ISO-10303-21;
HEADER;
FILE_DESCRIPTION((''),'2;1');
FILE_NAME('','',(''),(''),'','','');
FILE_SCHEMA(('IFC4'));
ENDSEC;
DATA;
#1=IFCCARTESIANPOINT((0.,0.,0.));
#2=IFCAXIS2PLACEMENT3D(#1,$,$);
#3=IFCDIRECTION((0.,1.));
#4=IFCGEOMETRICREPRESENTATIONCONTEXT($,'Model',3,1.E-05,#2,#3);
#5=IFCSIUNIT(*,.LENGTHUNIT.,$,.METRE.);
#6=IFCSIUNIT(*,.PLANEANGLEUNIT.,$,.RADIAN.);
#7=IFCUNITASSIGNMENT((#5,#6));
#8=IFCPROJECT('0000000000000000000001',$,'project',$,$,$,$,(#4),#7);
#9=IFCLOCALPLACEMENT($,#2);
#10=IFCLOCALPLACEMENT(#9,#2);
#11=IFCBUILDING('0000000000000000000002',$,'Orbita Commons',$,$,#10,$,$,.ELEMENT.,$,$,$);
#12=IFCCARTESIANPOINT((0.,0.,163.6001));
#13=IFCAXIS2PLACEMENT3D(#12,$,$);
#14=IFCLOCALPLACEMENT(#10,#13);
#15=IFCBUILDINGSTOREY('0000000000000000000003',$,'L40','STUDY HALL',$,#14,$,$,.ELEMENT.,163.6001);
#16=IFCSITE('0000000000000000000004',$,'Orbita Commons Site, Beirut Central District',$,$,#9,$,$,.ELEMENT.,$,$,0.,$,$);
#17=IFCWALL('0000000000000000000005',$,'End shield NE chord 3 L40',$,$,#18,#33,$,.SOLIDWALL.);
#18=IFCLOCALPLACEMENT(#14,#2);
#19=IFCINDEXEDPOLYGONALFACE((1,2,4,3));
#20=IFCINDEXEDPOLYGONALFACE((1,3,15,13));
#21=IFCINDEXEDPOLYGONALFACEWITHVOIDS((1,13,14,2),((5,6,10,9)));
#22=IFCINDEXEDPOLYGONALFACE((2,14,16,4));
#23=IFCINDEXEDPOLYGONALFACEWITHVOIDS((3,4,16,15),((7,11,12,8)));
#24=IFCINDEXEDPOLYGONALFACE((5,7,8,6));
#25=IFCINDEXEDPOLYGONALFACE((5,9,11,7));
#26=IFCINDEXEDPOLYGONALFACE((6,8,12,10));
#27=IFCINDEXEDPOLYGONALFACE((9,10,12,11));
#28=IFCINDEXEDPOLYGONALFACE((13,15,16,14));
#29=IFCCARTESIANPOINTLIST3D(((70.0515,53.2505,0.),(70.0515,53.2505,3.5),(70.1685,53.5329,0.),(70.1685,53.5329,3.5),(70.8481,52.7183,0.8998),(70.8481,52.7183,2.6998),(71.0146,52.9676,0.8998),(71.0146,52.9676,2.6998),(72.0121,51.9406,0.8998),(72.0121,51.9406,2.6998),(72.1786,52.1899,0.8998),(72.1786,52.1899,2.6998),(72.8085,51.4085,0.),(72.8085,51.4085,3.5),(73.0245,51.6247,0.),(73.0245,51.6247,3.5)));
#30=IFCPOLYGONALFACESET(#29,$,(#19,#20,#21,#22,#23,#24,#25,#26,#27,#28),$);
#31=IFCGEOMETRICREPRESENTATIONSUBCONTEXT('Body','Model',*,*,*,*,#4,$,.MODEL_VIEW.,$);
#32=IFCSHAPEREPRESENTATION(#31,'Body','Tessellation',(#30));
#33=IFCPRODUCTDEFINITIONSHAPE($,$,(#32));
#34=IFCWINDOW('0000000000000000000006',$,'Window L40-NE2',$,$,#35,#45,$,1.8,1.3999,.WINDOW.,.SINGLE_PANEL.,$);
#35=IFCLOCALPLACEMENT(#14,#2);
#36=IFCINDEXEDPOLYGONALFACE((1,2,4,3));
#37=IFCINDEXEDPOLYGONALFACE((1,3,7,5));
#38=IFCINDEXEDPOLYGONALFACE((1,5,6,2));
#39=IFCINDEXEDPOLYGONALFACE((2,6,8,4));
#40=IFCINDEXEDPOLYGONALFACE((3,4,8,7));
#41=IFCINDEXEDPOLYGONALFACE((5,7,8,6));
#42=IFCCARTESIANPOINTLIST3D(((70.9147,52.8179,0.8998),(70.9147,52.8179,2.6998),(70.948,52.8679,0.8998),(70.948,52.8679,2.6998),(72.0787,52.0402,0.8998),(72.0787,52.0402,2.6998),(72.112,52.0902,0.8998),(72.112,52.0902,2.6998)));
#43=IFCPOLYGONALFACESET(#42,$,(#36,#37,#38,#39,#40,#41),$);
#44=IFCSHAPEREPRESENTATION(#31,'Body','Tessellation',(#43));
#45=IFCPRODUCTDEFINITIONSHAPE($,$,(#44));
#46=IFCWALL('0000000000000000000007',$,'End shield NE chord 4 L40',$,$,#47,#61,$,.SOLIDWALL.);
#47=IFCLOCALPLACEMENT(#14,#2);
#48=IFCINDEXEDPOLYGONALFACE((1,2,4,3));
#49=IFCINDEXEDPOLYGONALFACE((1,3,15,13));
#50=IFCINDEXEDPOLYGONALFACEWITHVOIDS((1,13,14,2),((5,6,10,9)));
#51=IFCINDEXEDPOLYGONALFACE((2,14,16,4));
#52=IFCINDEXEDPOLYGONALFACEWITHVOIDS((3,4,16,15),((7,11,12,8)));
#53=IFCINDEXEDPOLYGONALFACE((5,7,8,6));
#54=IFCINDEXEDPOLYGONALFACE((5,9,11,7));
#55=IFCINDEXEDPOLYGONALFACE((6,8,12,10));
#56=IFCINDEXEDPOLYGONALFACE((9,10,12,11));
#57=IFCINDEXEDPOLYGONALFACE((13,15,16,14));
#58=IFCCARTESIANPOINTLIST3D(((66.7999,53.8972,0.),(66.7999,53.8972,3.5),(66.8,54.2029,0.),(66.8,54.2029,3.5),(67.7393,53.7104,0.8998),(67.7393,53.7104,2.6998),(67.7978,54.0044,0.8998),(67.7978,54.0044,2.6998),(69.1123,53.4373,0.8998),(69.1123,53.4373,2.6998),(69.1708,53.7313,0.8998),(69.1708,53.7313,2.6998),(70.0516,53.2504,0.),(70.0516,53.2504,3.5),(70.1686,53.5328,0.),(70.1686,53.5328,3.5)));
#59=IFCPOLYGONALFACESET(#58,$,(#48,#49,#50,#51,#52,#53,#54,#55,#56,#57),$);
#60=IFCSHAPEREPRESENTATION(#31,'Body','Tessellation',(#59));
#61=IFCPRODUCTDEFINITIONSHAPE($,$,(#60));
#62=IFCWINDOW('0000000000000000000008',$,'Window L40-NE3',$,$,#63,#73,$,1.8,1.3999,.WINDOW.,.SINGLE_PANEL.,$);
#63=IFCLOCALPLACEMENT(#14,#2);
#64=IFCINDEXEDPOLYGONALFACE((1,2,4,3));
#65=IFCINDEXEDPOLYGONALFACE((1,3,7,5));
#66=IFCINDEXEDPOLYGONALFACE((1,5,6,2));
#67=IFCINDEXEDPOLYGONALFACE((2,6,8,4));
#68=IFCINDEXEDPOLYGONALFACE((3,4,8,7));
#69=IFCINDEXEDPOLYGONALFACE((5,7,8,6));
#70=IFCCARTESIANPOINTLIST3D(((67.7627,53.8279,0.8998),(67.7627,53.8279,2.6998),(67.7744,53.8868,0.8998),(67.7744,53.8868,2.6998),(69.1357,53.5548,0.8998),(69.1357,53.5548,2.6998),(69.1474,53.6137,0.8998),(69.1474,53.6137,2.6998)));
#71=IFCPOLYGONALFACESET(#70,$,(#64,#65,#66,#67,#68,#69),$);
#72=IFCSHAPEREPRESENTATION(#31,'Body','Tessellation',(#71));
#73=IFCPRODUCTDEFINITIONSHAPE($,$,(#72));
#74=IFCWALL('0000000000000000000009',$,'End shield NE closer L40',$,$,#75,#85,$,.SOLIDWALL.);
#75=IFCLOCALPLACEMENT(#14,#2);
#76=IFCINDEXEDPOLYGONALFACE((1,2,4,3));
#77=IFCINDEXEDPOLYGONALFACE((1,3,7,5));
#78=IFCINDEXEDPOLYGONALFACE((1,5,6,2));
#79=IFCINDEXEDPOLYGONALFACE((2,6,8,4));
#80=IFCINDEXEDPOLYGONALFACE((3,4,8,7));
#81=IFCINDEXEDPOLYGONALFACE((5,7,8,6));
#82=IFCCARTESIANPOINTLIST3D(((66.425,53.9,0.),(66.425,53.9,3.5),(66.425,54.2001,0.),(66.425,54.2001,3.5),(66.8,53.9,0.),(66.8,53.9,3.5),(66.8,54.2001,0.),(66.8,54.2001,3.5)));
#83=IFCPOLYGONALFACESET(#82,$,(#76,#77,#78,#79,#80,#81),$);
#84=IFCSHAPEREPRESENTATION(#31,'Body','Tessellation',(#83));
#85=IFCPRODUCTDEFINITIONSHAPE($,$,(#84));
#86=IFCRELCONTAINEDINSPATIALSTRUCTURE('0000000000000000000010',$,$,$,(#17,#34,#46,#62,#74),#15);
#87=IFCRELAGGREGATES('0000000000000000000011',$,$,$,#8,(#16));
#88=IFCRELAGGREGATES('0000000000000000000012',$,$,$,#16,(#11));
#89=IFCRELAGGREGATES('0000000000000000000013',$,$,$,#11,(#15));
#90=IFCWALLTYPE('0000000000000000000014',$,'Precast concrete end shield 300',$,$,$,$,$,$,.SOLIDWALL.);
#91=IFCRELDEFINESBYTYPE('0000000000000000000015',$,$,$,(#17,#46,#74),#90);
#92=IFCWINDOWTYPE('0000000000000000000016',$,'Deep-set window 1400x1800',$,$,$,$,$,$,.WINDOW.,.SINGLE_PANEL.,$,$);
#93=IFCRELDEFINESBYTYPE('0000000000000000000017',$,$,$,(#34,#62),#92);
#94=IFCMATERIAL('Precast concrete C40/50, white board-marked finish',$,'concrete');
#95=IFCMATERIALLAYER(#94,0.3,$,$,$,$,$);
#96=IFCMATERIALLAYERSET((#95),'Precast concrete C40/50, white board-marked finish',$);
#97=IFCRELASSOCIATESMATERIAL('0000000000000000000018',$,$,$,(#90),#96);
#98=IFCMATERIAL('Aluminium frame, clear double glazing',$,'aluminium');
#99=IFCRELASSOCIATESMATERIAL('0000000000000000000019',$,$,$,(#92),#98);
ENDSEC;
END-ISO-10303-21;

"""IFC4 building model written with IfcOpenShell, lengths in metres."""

from ifc_helpers import new_model, si_unit, direction, frame, frame_2d, origin, place, context, subcontext, project, spatial, polyline, rectangle, outline, extrude, material, layer, layer_set, type_object, element, fill, save


model = new_model("IFC4")

# Units and contexts
model_context = context("Model", 3, precision=1e-05, world=origin(), true_north=direction((0.0, 1.0)))
body_context = subcontext(model_context, "Body", "Model", "MODEL_VIEW")
ifc_project = project(units=[si_unit("LENGTHUNIT", "METRE"), si_unit("PLANEANGLEUNIT", "RADIAN")], contexts=[model_context])

# Site, building, storey
site_placement = place(None, origin())
site = spatial("IfcSite", under=ifc_project, at=site_placement, Name="Orbita Commons Site, Beirut Central District", CompositionType="ELEMENT", RefElevation=0.0)
building_placement = place(site_placement, origin())
building = spatial("IfcBuilding", under=site, at=building_placement, Name="Orbita Commons", CompositionType="ELEMENT")
storey_placement = place(building_placement, frame((0.0, 0.0, 163.6001)))
storey = spatial("IfcBuildingStorey", under=building, at=storey_placement, Name="L40", Description="STUDY HALL", CompositionType="ELEMENT", Elevation=163.6001)

# Walls, openings, windows
ifc_material_1 = material(Name="Precast concrete C40/50, white board-marked finish", Category="concrete")
ifc_layer_1 = layer(ifc_material_1, 0.3)
ifc_layer_set_1 = layer_set([ifc_layer_1], Name="Precast concrete C40/50, white board-marked finish")
wall_type_1 = type_object("IfcWallType", Name="Precast concrete end shield 300", PredefinedType="SOLIDWALL", material=ifc_layer_set_1)
wall_1_placement = place(storey_placement, frame((72.9165, 51.5166, 0.0), z_axis=(0.0, 0.0, 1.0), x_axis=(-0.831493, 0.555535, 0.0)))
wall_1 = element("IfcWall", 1, at=wall_1_placement, inside=storey, type_object=wall_type_1, Name="End shield NE chord 3 L40", PredefinedType="SOLIDWALL", context=body_context, shape_type="SweptSolid", body=[
    extrude(outline(polyline([(-0.0298, -0.1499), (3.405, -0.1499), (3.3455, 0.1499), (0.0298, 0.1499), (-0.0298, -0.1499)])), origin(), (0.0, 0.0, 1.0), 3.5),
])
opening_1_placement = place(wall_1_placement, frame((0.9875, 0.0, 0.8999)))
opening_1 = element("IfcOpeningElement", 2, at=opening_1_placement, cuts=wall_1, PredefinedType="OPENING", context=body_context, shape_type="SweptSolid", body=[
    extrude(rectangle(XDim=1.3999, YDim=1.8, at=frame_2d((0.7, 0.8999))), frame((0.0, 0.1599, 0.0), z_axis=(0.0, -1.0, 0.0), x_axis=(1.0, 0.0, 0.0)), (0.0, 0.0, 1.0), 0.3201),
])
ifc_material_2 = material(Name="Aluminium frame, clear double glazing", Category="aluminium")
window_type = type_object("IfcWindowType", Name="Deep-set window 1400x1800", PartitioningType="SINGLE_PANEL", PredefinedType="WINDOW", material=ifc_material_2)
window_1_placement = place(opening_1_placement, origin())
window_1 = element("IfcWindow", 3, at=window_1_placement, inside=storey, type_object=window_type, Name="Window L40-NE2", OverallHeight=1.8, OverallWidth=1.3999, PartitioningType="SINGLE_PANEL", PredefinedType="WINDOW", context=body_context, shape_type="SweptSolid", body=[
    extrude(rectangle(XDim=1.3999, YDim=1.8, at=frame_2d((0.7, 0.8999))), frame((0.0, 0.03, 0.0), z_axis=(0.0, -1.0, 0.0), x_axis=(1.0, 0.0, 0.0)), (0.0, 0.0, 1.0), 0.0601),
])
fill(opening_1, window_1)
wall_2_placement = place(storey_placement, frame((70.1101, 53.3916, 0.0), z_axis=(0.0, 0.0, 1.0), x_axis=(-0.980783, 0.1951, 0.0)))
wall_2 = element("IfcWall", 4, at=wall_2_placement, inside=storey, type_object=wall_type_1, Name="End shield NE chord 4 L40", PredefinedType="SOLIDWALL", context=body_context, shape_type="SweptSolid", body=[
    extrude(outline(polyline([(-0.0298, -0.1499), (3.4048, -0.1499), (3.3452, 0.1499), (0.0298, 0.1499), (-0.0298, -0.1499)])), origin(), (0.0, 0.0, 1.0), 3.5),
])
opening_2_placement = place(wall_2_placement, frame((0.9875, 0.0, 0.8999)))
opening_2 = element("IfcOpeningElement", 5, at=opening_2_placement, cuts=wall_2, PredefinedType="OPENING", context=body_context, shape_type="SweptSolid", body=[
    extrude(rectangle(XDim=1.3999, YDim=1.8, at=frame_2d((0.7, 0.8999))), frame((0.0, 0.1599, 0.0), z_axis=(0.0, -1.0, 0.0), x_axis=(1.0, 0.0, 0.0)), (0.0, 0.0, 1.0), 0.3201),
])
window_2_placement = place(opening_2_placement, origin())
window_2 = element("IfcWindow", 6, at=window_2_placement, inside=storey, type_object=window_type, Name="Window L40-NE3", OverallHeight=1.8, OverallWidth=1.3999, PartitioningType="SINGLE_PANEL", PredefinedType="WINDOW", context=body_context, shape_type="SweptSolid", body=[
    extrude(rectangle(XDim=1.3999, YDim=1.8, at=frame_2d((0.7, 0.8999))), frame((0.0, 0.03, 0.0), z_axis=(0.0, -1.0, 0.0), x_axis=(1.0, 0.0, 0.0)), (0.0, 0.0, 1.0), 0.0601),
])
fill(opening_2, window_2)

# Wall
wall_3_placement = place(storey_placement, frame((66.8, 54.05, 0.0), z_axis=(0.0, 0.0, 1.0), x_axis=(-1.0, 0.0, 0.0)))
element("IfcWall", 7, at=wall_3_placement, inside=storey, type_object=wall_type_1, Name="End shield NE closer L40", PredefinedType="SOLIDWALL", context=body_context, shape_type="SweptSolid", body=[
    extrude(rectangle(XDim=0.375, YDim=0.3, at=frame_2d((0.1875, 0.0))), origin(), (0.0, 0.0, 1.0), 3.5),
])

save(model, "model.ifc")
